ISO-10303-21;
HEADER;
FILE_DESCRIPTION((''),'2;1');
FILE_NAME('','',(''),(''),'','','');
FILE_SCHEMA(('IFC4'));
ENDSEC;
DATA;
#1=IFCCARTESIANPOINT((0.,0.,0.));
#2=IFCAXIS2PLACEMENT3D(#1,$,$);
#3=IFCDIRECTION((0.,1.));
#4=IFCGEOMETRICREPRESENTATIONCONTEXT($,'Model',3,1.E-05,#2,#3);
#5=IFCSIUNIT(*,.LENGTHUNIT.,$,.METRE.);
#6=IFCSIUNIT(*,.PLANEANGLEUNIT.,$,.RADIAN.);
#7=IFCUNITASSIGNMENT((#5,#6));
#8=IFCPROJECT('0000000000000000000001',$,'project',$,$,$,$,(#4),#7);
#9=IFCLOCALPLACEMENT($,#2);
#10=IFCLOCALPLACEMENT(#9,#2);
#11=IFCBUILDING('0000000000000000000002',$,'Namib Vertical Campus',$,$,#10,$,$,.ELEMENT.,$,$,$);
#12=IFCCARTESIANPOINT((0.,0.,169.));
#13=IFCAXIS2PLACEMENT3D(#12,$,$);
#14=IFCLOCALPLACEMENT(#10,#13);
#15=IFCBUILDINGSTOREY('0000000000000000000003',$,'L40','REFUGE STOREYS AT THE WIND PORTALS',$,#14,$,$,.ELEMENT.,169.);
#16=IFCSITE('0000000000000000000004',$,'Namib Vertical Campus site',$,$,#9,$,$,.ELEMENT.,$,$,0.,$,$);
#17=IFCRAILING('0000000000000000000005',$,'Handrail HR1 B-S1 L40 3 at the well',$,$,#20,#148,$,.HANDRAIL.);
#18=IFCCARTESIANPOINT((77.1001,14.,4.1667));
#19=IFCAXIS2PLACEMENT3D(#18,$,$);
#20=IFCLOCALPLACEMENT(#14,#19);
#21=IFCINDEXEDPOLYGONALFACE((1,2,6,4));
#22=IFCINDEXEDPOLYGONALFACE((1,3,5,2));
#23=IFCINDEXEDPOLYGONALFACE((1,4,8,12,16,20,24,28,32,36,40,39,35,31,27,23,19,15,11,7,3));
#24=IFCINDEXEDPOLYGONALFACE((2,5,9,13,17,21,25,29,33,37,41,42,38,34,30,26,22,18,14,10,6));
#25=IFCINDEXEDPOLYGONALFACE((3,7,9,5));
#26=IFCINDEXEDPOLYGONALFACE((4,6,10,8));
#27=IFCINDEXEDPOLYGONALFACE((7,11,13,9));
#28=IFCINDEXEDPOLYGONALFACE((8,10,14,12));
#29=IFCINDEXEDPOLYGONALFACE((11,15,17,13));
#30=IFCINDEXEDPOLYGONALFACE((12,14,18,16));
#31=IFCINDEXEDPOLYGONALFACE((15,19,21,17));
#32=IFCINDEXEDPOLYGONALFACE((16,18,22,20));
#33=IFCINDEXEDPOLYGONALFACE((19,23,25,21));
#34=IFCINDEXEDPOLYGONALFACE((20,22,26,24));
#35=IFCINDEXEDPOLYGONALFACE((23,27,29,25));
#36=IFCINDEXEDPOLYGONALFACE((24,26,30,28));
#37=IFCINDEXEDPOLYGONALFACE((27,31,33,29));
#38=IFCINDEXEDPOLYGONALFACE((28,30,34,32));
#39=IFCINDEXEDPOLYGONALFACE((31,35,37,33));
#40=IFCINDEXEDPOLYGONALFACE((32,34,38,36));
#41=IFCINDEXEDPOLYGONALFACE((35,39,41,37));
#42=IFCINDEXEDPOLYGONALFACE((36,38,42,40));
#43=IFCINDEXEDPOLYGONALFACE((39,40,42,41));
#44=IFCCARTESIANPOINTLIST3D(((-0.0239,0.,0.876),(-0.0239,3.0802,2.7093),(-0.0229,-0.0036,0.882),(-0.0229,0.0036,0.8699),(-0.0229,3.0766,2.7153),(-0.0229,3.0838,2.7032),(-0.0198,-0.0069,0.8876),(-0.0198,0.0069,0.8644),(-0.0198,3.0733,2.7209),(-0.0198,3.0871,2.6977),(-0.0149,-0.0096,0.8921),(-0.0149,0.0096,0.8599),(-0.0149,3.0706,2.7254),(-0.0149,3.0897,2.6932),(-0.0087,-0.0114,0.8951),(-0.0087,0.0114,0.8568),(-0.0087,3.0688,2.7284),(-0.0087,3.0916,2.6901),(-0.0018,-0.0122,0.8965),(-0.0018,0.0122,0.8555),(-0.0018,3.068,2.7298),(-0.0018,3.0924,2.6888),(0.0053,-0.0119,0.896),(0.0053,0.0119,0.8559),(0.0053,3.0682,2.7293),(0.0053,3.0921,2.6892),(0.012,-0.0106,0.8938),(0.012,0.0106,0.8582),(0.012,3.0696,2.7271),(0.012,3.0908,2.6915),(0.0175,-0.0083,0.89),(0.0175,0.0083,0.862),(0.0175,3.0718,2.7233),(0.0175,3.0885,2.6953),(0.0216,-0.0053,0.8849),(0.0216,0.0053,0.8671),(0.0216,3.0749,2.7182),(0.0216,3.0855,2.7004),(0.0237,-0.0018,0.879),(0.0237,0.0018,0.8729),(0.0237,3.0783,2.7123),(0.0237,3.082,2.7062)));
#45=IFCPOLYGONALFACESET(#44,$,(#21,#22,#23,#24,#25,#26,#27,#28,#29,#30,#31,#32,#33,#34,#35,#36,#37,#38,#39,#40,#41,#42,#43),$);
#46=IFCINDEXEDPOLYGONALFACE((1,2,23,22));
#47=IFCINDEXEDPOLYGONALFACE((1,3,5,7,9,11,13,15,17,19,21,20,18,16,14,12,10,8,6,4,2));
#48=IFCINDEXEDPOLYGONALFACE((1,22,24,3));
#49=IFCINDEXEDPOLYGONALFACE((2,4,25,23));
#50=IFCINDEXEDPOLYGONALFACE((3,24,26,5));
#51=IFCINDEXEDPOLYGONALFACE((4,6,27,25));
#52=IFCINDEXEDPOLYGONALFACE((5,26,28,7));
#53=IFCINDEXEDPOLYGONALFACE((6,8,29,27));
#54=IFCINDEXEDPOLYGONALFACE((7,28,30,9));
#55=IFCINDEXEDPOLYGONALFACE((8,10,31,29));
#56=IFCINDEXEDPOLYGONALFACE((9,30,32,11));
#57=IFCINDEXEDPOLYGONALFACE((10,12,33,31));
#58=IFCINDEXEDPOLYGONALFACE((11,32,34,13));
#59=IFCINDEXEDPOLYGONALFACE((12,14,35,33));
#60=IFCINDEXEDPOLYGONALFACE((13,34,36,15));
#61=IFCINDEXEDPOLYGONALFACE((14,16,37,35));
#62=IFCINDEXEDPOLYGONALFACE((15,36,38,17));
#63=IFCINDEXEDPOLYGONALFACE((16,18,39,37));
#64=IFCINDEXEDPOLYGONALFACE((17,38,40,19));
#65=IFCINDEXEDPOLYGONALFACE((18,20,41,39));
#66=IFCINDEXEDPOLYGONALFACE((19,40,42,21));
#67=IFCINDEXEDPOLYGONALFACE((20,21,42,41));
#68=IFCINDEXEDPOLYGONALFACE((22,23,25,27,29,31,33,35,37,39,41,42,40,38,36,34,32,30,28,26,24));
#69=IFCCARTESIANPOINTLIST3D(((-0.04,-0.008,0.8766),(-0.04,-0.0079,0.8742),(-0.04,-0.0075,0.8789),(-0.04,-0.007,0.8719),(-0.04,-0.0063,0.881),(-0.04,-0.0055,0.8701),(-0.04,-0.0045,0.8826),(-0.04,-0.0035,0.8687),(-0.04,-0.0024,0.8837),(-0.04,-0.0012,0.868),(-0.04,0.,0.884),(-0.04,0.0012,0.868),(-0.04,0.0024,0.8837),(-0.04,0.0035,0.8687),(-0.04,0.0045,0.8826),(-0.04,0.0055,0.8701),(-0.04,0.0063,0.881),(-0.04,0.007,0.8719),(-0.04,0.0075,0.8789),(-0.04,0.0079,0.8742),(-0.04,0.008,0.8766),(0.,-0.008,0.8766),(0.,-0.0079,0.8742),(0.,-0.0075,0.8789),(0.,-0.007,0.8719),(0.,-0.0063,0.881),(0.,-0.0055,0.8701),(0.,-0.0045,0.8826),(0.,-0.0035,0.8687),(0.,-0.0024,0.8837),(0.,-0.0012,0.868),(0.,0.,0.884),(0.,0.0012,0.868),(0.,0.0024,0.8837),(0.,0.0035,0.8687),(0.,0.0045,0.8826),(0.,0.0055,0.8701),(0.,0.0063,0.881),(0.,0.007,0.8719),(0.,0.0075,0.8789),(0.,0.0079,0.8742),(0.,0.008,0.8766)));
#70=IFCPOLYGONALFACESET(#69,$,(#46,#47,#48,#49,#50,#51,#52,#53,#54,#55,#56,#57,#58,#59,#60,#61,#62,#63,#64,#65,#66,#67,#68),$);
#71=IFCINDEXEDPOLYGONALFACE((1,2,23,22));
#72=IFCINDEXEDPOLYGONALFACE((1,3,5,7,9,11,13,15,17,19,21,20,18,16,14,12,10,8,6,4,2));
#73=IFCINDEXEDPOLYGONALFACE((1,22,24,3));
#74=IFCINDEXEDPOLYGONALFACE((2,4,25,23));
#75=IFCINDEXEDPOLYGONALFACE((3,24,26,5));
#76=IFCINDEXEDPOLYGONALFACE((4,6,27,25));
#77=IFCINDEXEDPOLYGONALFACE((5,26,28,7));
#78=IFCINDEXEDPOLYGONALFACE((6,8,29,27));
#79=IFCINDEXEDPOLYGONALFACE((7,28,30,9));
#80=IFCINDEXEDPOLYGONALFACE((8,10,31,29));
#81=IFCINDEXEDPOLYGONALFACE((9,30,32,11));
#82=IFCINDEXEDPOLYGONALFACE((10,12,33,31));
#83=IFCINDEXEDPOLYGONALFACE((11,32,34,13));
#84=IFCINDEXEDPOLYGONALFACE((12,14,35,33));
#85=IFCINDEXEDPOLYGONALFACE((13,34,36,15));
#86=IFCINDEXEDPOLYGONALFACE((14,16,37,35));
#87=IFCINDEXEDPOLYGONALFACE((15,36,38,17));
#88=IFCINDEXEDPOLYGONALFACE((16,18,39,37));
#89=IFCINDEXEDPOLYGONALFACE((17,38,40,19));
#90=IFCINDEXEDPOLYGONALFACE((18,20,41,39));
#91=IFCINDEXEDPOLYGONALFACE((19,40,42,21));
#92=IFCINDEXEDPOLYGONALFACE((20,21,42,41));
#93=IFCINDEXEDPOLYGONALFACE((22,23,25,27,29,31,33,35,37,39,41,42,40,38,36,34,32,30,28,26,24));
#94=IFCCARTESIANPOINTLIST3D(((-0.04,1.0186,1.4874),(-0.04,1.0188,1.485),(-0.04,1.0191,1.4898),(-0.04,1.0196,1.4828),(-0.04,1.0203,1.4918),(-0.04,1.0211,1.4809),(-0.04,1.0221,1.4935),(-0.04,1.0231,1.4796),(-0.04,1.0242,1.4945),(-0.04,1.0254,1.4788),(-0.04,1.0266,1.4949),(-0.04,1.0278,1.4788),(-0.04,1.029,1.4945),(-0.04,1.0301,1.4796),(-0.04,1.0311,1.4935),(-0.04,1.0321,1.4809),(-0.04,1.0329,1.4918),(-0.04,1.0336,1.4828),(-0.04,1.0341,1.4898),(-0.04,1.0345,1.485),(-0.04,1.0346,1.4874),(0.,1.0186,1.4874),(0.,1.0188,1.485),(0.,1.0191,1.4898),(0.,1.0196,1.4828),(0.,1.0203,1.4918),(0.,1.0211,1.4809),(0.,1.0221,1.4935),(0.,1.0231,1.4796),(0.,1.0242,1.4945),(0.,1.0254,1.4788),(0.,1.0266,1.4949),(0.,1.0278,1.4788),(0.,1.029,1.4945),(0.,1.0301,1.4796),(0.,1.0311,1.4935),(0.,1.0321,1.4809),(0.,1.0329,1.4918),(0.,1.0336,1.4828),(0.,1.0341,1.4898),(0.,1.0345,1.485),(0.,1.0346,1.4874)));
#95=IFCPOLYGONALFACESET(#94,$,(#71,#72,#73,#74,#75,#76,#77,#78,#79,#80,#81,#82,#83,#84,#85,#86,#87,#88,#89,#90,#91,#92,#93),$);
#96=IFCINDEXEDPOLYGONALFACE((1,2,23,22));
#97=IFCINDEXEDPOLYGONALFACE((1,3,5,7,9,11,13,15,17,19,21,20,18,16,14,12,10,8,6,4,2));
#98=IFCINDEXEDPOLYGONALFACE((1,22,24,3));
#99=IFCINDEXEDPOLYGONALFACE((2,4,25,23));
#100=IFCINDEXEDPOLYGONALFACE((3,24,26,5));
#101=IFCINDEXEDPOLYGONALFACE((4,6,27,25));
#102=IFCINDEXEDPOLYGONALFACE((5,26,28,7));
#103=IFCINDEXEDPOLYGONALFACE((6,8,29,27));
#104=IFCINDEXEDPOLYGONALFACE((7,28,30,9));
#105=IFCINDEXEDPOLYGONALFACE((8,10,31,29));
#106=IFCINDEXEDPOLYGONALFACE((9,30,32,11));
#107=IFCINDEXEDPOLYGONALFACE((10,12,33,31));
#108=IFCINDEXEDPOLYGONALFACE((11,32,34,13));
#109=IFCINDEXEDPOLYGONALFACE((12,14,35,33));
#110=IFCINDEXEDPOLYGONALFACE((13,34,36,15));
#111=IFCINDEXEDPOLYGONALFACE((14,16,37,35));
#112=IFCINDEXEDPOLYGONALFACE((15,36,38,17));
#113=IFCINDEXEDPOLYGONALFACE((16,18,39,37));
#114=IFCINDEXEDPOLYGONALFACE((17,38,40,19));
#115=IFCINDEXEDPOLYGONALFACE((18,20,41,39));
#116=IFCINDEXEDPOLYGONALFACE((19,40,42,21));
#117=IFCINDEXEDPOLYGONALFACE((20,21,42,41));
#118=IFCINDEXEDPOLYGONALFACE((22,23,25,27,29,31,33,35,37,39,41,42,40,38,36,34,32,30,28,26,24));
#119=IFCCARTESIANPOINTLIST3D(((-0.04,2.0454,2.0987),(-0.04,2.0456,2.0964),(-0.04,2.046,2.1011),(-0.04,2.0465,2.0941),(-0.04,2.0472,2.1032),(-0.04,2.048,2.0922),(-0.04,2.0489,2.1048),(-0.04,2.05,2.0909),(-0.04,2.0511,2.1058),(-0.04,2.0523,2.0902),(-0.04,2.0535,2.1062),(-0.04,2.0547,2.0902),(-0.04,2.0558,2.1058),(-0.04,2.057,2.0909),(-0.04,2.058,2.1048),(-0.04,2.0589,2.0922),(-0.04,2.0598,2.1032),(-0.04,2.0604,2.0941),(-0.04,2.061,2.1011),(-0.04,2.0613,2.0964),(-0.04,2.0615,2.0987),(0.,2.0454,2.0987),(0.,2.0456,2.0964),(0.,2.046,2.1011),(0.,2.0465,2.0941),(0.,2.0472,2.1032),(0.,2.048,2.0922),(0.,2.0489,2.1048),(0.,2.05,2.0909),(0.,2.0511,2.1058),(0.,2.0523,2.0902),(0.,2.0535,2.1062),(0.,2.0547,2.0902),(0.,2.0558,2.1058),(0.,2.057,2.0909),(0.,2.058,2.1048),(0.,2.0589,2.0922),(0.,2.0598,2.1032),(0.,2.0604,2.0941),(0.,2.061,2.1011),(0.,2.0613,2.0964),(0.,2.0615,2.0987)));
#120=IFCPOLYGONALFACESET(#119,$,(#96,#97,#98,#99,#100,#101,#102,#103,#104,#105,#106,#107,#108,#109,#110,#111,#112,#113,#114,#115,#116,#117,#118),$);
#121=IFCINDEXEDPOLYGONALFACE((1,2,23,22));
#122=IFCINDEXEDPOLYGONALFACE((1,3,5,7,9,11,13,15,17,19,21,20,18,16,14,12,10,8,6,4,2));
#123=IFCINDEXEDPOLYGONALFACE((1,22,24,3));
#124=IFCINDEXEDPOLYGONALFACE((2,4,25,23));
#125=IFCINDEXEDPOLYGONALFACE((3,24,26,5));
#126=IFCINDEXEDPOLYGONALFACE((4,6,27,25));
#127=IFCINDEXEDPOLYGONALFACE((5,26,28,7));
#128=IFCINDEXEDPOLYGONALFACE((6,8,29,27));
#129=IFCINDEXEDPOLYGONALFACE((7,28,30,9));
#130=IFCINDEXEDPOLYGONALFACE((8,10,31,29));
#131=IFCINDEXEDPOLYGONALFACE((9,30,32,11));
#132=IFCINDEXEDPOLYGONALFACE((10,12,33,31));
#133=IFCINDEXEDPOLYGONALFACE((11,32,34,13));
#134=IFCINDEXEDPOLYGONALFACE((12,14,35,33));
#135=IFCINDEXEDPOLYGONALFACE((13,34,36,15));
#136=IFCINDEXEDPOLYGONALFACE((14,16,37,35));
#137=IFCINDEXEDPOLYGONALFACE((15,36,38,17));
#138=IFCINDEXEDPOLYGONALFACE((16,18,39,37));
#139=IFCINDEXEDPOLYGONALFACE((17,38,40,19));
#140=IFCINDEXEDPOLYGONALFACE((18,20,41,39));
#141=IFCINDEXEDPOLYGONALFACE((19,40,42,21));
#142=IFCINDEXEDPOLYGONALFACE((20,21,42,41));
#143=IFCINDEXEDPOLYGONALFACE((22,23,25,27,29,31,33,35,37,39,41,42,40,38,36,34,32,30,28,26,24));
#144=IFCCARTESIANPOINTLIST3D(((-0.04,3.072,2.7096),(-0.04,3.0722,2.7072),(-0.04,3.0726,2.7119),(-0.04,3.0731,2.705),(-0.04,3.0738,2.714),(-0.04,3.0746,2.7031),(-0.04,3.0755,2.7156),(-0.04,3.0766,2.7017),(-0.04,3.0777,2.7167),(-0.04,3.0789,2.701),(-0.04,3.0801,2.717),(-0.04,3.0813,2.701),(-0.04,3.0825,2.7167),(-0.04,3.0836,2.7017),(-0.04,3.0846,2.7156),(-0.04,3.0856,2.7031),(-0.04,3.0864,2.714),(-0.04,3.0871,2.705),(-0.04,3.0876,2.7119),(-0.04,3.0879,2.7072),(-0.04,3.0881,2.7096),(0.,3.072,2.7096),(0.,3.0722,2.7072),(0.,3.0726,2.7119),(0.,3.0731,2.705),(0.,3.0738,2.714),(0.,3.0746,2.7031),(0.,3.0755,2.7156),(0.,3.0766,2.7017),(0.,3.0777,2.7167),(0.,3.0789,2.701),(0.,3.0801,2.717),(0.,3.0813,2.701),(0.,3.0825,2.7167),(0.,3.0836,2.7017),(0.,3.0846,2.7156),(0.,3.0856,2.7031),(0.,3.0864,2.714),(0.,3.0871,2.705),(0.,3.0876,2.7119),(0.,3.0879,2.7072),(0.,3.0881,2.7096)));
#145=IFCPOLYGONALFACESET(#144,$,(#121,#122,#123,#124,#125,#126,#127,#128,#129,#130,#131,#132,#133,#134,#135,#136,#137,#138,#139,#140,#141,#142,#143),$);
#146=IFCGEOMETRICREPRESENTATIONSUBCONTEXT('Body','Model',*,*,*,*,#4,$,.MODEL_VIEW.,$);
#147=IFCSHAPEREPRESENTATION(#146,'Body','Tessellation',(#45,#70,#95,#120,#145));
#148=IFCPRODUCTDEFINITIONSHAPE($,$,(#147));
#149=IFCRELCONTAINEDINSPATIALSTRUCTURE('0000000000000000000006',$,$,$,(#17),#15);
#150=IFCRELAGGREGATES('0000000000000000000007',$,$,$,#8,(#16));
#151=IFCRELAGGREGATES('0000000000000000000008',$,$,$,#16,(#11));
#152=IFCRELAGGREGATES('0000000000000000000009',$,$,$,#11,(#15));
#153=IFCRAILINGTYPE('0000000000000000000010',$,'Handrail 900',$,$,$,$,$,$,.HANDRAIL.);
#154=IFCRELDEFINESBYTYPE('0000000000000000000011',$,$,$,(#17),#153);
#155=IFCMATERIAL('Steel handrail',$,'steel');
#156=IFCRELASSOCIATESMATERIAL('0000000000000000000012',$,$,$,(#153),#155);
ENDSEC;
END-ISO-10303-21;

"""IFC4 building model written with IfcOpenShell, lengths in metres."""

from ifc_helpers import new_model, si_unit, direction, frame, origin, origin_2d, place, context, subcontext, project, spatial, circle, extrude, material, type_object, element, save


model = new_model("IFC4")

# Units and contexts
model_context = context("Model", 3, precision=1e-05, world=origin(), true_north=direction((0.0, 1.0)))
body_context = subcontext(model_context, "Body", "Model", "MODEL_VIEW")
ifc_project = project(units=[si_unit("LENGTHUNIT", "METRE"), si_unit("PLANEANGLEUNIT", "RADIAN")], contexts=[model_context])

# Site, building, storey
site_placement = place(None, origin())
site = spatial("IfcSite", under=ifc_project, at=site_placement, Name="Namib Vertical Campus site", CompositionType="ELEMENT", RefElevation=0.0)
building_placement = place(site_placement, origin())
building = spatial("IfcBuilding", under=site, at=building_placement, Name="Namib Vertical Campus", CompositionType="ELEMENT")
storey_placement = place(building_placement, frame((0.0, 0.0, 169.0)))
storey = spatial("IfcBuildingStorey", under=building, at=storey_placement, Name="L40", Description="REFUGE STOREYS AT THE WIND PORTALS", CompositionType="ELEMENT", Elevation=169.0)

# Railing
ifc_material_1 = material(Name="Steel handrail", Category="steel")
railing_type_1 = type_object("IfcRailingType", Name="Handrail 900", PredefinedType="HANDRAIL", material=ifc_material_1)
railing_1_placement = place(storey_placement, frame((77.1001, 14.0, 4.1667)))
element("IfcRailing", 1, at=railing_1_placement, inside=storey, type_object=railing_type_1, Name="Handrail HR1 B-S1 L40 3 at the well", PredefinedType="HANDRAIL", context=body_context, shape_type="SweptSolid", body=[
    extrude(circle(Radius=0.0239, at=origin_2d()), frame((0.0, 0.0, 0.876), z_axis=(0.0, 0.859309, 0.511458), x_axis=(-1.0, 0.0, 0.0)), (0.0, 0.0, 1.0), 3.5845),
    extrude(circle(Radius=0.0081, at=origin_2d()), frame((0.0, 0.0, 0.876), z_axis=(-1.0, 0.0, 0.0), x_axis=(0.0, 0.0, 1.0)), (0.0, 0.0, 1.0), 0.04),
    extrude(circle(Radius=0.0081, at=origin_2d()), frame((0.0, 1.0266, 1.4868), z_axis=(-1.0, 0.0, 0.0), x_axis=(0.0, 0.0, 1.0)), (0.0, 0.0, 1.0), 0.04),
    extrude(circle(Radius=0.0081, at=origin_2d()), frame((0.0, 2.0535, 2.0981), z_axis=(-1.0, 0.0, 0.0), x_axis=(0.0, 0.0, 1.0)), (0.0, 0.0, 1.0), 0.04),
    extrude(circle(Radius=0.0081, at=origin_2d()), frame((0.0, 3.0801, 2.709), z_axis=(-1.0, 0.0, 0.0), x_axis=(0.0, 0.0, 1.0)), (0.0, 0.0, 1.0), 0.04),
])

save(model, "model.ifc")
